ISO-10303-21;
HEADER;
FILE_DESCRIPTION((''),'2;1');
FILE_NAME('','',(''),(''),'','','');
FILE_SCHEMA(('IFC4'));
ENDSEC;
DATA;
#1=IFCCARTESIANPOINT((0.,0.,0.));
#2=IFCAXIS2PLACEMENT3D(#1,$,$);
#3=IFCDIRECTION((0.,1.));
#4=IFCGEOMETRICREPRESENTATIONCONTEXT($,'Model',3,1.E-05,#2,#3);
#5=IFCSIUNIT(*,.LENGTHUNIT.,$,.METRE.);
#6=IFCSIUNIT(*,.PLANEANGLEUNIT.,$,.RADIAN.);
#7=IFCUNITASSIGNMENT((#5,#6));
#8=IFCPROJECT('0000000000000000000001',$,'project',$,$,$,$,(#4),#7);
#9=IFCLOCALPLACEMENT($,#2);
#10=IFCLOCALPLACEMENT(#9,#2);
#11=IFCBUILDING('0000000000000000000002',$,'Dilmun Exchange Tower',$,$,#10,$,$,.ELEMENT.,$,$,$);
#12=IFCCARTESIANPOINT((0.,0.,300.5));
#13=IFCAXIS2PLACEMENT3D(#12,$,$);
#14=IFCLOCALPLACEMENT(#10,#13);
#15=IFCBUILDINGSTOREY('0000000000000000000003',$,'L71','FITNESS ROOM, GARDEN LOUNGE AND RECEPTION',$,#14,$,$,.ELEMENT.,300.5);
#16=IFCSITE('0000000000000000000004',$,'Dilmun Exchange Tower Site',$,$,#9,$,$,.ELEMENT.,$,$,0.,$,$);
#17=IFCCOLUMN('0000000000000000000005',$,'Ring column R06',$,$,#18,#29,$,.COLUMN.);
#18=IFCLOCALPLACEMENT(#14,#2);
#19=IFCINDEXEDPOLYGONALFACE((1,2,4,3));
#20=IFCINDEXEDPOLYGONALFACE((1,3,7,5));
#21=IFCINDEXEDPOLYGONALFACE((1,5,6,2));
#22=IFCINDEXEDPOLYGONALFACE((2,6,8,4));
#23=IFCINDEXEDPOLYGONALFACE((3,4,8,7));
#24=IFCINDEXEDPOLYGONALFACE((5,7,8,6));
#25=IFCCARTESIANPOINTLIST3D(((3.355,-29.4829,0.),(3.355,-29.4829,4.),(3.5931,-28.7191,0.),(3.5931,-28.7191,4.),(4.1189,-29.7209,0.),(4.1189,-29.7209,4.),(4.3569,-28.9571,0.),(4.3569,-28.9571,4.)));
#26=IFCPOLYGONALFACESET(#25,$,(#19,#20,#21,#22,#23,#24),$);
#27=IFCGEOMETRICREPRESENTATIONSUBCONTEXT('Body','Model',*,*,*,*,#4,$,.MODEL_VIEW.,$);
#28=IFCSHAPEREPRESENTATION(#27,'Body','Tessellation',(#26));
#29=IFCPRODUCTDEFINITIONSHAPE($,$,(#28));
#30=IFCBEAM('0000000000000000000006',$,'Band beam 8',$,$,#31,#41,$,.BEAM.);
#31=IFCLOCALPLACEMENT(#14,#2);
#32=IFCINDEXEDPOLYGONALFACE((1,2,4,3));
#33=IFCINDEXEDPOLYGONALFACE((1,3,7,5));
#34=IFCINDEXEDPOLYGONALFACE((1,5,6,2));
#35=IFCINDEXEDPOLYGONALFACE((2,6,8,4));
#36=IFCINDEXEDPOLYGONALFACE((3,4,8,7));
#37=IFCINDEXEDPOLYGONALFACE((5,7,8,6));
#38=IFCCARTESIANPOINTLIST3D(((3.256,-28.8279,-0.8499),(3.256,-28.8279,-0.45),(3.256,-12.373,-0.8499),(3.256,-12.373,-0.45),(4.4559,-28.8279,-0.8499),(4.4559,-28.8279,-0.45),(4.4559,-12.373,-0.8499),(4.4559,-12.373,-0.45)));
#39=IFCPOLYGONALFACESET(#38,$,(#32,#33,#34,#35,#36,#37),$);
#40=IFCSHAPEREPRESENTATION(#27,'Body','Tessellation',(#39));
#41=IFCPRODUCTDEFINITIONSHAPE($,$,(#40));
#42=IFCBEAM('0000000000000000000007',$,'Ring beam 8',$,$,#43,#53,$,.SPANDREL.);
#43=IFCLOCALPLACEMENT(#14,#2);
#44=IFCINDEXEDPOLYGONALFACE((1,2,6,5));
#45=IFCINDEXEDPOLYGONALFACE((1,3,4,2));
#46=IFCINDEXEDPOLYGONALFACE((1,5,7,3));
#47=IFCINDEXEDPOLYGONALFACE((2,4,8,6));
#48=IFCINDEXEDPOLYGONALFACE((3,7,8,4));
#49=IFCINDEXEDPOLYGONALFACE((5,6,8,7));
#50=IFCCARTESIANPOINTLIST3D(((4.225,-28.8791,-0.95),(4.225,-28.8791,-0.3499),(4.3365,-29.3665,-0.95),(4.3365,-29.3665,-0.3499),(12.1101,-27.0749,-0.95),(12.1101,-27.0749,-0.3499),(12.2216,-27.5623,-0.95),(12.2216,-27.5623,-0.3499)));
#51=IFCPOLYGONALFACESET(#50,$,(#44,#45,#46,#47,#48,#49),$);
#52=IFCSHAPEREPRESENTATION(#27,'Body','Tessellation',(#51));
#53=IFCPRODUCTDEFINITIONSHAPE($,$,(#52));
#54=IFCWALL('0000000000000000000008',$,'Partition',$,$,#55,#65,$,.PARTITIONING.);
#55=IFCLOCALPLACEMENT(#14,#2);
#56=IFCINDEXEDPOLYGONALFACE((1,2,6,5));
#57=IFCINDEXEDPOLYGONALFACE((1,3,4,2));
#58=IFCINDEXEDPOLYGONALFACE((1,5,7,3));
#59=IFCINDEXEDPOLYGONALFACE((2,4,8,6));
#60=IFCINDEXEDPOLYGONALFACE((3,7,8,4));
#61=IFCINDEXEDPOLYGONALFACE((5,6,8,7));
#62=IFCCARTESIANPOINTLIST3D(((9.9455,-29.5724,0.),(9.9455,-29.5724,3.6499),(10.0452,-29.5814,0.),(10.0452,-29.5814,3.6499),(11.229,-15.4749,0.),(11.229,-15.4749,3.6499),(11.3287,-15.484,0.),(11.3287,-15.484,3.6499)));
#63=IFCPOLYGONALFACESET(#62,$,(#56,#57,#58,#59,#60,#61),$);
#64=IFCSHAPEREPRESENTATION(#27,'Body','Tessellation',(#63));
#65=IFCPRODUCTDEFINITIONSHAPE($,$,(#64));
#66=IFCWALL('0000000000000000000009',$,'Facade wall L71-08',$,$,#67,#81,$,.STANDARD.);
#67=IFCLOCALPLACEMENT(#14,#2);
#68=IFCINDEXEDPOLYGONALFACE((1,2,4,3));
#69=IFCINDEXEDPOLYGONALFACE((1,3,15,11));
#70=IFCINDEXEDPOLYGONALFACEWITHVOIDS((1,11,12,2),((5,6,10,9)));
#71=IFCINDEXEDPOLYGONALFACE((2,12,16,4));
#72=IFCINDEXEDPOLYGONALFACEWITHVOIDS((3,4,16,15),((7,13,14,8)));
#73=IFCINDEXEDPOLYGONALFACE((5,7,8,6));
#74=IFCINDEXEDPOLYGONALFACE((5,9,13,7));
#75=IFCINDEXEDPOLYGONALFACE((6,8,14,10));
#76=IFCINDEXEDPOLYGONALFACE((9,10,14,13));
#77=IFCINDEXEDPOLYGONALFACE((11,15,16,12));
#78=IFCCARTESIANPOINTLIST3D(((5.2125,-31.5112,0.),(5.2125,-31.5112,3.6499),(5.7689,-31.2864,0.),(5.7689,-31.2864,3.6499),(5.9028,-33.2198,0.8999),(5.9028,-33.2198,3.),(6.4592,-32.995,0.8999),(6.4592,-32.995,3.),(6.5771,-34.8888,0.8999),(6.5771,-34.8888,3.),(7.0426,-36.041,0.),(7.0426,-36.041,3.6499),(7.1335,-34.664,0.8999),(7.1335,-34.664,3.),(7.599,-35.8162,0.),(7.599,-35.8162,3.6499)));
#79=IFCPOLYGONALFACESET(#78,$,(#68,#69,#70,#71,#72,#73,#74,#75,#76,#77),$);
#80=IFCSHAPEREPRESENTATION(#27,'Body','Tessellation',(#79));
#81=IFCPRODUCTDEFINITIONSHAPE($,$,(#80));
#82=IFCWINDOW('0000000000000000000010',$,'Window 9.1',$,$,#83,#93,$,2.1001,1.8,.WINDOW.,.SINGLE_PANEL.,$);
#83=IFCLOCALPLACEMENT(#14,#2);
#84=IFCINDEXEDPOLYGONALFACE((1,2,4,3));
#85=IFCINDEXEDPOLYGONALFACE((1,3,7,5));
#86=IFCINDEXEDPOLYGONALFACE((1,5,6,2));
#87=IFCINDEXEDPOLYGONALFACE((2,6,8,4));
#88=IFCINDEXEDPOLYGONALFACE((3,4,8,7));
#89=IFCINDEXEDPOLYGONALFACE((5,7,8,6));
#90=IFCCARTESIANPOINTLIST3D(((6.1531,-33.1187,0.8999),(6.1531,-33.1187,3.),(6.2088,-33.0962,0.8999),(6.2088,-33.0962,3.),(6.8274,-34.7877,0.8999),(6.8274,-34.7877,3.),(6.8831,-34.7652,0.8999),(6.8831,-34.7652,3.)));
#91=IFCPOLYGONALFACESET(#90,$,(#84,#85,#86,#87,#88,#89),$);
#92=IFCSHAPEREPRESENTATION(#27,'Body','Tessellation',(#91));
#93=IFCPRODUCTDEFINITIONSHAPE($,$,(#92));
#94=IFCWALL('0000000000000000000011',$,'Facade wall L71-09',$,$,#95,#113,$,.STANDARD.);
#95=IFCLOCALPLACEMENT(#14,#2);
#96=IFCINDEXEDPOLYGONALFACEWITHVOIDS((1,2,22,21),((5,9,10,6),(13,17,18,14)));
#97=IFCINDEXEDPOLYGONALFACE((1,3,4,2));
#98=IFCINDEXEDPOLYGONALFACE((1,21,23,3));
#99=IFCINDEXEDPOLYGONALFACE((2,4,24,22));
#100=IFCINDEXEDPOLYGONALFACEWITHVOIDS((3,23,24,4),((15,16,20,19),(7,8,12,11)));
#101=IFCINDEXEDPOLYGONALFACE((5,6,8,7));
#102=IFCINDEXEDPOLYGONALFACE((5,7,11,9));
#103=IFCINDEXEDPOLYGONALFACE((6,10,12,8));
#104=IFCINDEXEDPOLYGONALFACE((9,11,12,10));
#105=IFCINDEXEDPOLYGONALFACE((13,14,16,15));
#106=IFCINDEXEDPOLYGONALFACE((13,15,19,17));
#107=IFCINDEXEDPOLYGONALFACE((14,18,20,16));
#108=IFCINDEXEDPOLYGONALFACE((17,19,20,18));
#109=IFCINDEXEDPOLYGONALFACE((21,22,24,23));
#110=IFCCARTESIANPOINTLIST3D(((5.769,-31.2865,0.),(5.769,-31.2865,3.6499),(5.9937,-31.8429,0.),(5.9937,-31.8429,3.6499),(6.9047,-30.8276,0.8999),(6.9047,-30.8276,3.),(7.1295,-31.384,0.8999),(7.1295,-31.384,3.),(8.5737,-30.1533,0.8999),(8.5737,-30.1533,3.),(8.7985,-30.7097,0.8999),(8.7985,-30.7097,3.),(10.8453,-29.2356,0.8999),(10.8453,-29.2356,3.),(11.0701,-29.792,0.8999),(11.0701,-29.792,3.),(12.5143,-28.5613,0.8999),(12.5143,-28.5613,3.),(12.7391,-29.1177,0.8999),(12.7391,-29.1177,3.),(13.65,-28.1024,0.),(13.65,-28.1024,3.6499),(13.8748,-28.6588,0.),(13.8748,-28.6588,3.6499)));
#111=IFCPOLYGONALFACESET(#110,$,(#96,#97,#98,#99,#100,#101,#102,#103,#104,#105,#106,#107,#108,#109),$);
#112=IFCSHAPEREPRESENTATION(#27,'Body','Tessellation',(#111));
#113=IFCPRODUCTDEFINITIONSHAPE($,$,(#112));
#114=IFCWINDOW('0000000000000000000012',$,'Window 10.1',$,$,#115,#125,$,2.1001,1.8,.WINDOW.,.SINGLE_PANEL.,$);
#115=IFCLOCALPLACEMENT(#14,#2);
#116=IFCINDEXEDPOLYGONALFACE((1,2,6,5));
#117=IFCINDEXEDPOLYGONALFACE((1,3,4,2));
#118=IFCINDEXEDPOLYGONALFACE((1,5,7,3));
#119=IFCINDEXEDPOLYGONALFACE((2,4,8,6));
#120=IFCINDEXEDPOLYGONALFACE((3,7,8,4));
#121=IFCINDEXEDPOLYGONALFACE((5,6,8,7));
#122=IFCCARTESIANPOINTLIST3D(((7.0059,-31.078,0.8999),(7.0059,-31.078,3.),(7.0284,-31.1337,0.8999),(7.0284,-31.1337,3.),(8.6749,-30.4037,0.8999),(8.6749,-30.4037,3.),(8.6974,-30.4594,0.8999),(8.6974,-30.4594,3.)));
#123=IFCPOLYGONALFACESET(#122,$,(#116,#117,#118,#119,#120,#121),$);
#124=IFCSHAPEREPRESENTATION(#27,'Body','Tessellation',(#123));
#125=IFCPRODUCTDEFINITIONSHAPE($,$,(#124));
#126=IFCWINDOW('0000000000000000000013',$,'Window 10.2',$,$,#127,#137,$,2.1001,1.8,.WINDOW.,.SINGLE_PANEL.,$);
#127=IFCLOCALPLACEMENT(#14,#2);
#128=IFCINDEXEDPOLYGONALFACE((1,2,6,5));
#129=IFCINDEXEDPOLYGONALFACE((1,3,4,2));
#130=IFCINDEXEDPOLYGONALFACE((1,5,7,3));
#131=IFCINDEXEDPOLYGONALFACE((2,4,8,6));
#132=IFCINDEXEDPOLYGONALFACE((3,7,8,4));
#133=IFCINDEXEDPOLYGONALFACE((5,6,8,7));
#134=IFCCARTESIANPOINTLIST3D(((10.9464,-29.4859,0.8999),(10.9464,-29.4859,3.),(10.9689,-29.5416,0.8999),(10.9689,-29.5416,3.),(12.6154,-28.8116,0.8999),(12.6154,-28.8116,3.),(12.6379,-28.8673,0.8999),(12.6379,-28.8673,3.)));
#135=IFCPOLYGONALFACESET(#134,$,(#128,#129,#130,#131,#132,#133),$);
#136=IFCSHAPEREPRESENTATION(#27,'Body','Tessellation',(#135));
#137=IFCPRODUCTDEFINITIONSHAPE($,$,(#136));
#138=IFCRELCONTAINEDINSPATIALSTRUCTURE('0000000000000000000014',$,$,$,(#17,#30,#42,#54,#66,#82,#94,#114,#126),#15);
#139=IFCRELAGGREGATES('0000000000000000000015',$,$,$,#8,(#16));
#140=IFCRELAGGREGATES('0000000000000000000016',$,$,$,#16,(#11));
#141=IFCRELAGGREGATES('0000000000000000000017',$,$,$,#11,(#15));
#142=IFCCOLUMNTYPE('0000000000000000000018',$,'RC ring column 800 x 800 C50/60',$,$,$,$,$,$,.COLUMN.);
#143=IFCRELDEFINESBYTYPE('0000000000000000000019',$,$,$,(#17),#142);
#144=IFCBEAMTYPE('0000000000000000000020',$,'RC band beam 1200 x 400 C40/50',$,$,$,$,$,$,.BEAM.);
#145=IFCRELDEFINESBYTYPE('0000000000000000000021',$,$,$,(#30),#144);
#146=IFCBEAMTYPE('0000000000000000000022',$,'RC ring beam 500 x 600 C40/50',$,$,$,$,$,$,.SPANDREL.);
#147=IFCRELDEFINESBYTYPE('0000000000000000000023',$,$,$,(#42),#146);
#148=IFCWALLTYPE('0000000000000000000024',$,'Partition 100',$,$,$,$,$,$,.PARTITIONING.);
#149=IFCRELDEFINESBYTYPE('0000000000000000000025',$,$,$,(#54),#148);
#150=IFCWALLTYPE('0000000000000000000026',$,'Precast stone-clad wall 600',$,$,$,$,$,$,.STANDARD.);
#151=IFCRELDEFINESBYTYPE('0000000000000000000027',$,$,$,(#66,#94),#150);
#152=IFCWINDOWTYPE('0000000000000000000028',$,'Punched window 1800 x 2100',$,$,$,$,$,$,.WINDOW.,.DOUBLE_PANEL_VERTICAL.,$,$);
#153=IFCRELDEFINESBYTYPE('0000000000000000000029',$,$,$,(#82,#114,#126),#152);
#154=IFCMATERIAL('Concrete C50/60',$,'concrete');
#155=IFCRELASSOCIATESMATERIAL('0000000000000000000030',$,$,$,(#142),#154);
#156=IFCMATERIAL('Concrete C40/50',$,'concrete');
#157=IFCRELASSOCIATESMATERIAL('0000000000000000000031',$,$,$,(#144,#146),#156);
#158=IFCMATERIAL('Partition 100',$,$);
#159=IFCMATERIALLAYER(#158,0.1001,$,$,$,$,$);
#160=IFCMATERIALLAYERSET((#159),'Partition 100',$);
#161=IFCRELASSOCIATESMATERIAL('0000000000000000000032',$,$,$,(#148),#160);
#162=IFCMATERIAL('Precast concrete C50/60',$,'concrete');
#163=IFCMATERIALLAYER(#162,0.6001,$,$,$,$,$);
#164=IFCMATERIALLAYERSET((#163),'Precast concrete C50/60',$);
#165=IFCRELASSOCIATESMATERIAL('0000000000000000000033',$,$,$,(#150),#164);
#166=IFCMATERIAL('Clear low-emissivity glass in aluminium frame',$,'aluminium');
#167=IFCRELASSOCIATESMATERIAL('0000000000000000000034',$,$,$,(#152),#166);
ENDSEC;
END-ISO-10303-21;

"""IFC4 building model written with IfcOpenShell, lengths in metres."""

from ifc_helpers import new_model, si_unit, direction, frame, frame_2d, origin, origin_2d, place, context, subcontext, project, spatial, rectangle, extrude, material, layer, layer_set, material_profile, profile_set, type_object, element, fill, save


model = new_model("IFC4")

# Units and contexts
model_context = context("Model", 3, precision=1e-05, world=origin(), true_north=direction((0.0, 1.0)))
body_context = subcontext(model_context, "Body", "Model", "MODEL_VIEW")
ifc_project = project(units=[si_unit("LENGTHUNIT", "METRE"), si_unit("PLANEANGLEUNIT", "RADIAN")], contexts=[model_context])

# Site, building, storey
site_placement = place(None, origin())
site = spatial("IfcSite", under=ifc_project, at=site_placement, Name="Dilmun Exchange Tower Site", CompositionType="ELEMENT", RefElevation=0.0)
building_placement = place(site_placement, origin())
building = spatial("IfcBuilding", under=site, at=building_placement, Name="Dilmun Exchange Tower", CompositionType="ELEMENT")
storey_placement = place(building_placement, frame((0.0, 0.0, 300.5)))
storey = spatial("IfcBuildingStorey", under=building, at=storey_placement, Name="L71", Description="FITNESS ROOM, GARDEN LOUNGE AND RECEPTION", CompositionType="ELEMENT", Elevation=300.5)

# Column
ifc_material_1 = material(Name="Concrete C50/60", Category="concrete")
ifc_material_profile_1 = material_profile(ifc_material_1, rectangle(XDim=0.8, YDim=0.8, at=origin_2d()), Name="800 x 800")
ifc_profile_set_1 = profile_set([ifc_material_profile_1], Name="Concrete C50/60")
column_type = type_object("IfcColumnType", Name="RC ring column 800 x 800 C50/60", PredefinedType="COLUMN", material=ifc_profile_set_1)
column_placement = place(storey_placement, frame((3.856, -29.22, 0.0), z_axis=(0.0, 0.0, 1.0), x_axis=(0.297503, 0.954721, 0.0)))
element("IfcColumn", 1, at=column_placement, inside=storey, type_object=column_type, Name="Ring column R06", PredefinedType="COLUMN", context=body_context, shape_type="SweptSolid", body=[
    extrude(rectangle(XDim=0.8, YDim=0.8, at=origin_2d()), origin(), (0.0, 0.0, 1.0), 4.0),
])

# Beams
ifc_material_2 = material(Name="Concrete C40/50", Category="concrete")
ifc_material_profile_2 = material_profile(ifc_material_2, rectangle(XDim=1.2, YDim=0.3999, at=origin_2d()), Name="1200 x 400")
ifc_profile_set_2 = profile_set([ifc_material_profile_2], Name="Concrete C40/50")
beam_type_1 = type_object("IfcBeamType", Name="RC band beam 1200 x 400 C40/50", PredefinedType="BEAM", material=ifc_profile_set_2)
beam_1_placement = place(storey_placement, frame((3.856, -28.8279, -0.6499), z_axis=(0.0, 1.0, 0.0), x_axis=(-1.0, 0.0, 0.0)))
element("IfcBeam", 2, at=beam_1_placement, inside=storey, type_object=beam_type_1, Name="Band beam 8", PredefinedType="BEAM", context=body_context, shape_type="SweptSolid", body=[
    extrude(rectangle(XDim=1.2, YDim=0.3999, at=origin_2d()), origin(), (0.0, 0.0, 1.0), 16.4548),
])
ifc_material_profile_3 = material_profile(ifc_material_2, rectangle(XDim=0.5, YDim=0.6001, at=origin_2d()), Name="500 x 600")
ifc_profile_set_3 = profile_set([ifc_material_profile_3], Name="Concrete C40/50")
beam_type_2 = type_object("IfcBeamType", Name="RC ring beam 500 x 600 C40/50", PredefinedType="SPANDREL", material=ifc_profile_set_3)
beam_2_placement = place(storey_placement, frame((4.2808, -29.1228, -0.6499), z_axis=(0.974807, 0.223049, 0.0), x_axis=(-0.223049, 0.974807, 0.0)))
element("IfcBeam", 3, at=beam_2_placement, inside=storey, type_object=beam_type_2, Name="Ring beam 8", PredefinedType="SPANDREL", context=body_context, shape_type="SweptSolid", body=[
    extrude(rectangle(XDim=0.5, YDim=0.6001, at=origin_2d()), origin(), (0.0, 0.0, 1.0), 8.0889),
])

# Wall
ifc_material_3 = material(Name="Partition 100")
ifc_layer_1 = layer(ifc_material_3, 0.1001)
ifc_layer_set_1 = layer_set([ifc_layer_1], Name="Partition 100")
wall_type_1 = type_object("IfcWallType", Name="Partition 100", PredefinedType="PARTITIONING", material=ifc_layer_set_1)
wall_1_placement = place(storey_placement, frame((9.9954, -29.5769, 0.0), z_axis=(0.0, 0.0, 1.0), x_axis=(0.090666, 0.995881, 0.0)))
element("IfcWall", 4, at=wall_1_placement, inside=storey, type_object=wall_type_1, Name="Partition", PredefinedType="PARTITIONING", context=body_context, shape_type="SweptSolid", body=[
    extrude(rectangle(XDim=14.1558, YDim=0.1001, at=frame_2d((7.0779, 0.0))), origin(), (0.0, 0.0, 1.0), 3.6499),
])

# Wall, opening, window
ifc_material_4 = material(Name="Precast concrete C50/60", Category="concrete")
ifc_layer_2 = layer(ifc_material_4, 0.6001)
ifc_layer_set_2 = layer_set([ifc_layer_2], Name="Precast concrete C50/60")
wall_type_2 = type_object("IfcWallType", Name="Precast stone-clad wall 600", PredefinedType="STANDARD", material=ifc_layer_set_2)
wall_2_placement = place(storey_placement, frame((7.3208, -35.9287, 0.0), z_axis=(0.0, 0.0, 1.0), x_axis=(-0.374594, 0.927189, 0.0)))
wall_2 = element("IfcWall", 5, at=wall_2_placement, inside=storey, type_object=wall_type_2, Name="Facade wall L71-08", PredefinedType="STANDARD", context=body_context, shape_type="SweptSolid", body=[
    extrude(rectangle(XDim=4.8855, YDim=0.6001, at=frame_2d((2.4429, 0.0))), origin(), (0.0, 0.0, 1.0), 3.6499),
])
opening_1_placement = place(wall_2_placement, frame((1.2429, 0.0, 0.8999)))
opening_1 = element("IfcOpeningElement", 6, at=opening_1_placement, cuts=wall_2, PredefinedType="OPENING", context=body_context, shape_type="SweptSolid", body=[
    extrude(rectangle(XDim=1.8, YDim=2.1001, at=frame_2d((0.8999, 1.05))), frame((0.0, 0.3101, 0.0), z_axis=(0.0, -1.0, 0.0), x_axis=(1.0, 0.0, 0.0)), (0.0, 0.0, 1.0), 0.6201),
])
ifc_material_5 = material(Name="Clear low-emissivity glass in aluminium frame", Category="aluminium")
window_type_1 = type_object("IfcWindowType", Name="Punched window 1800 x 2100", PartitioningType="DOUBLE_PANEL_VERTICAL", PredefinedType="WINDOW", material=ifc_material_5)
window_1_placement = place(opening_1_placement, origin())
window_1 = element("IfcWindow", 7, at=window_1_placement, inside=storey, type_object=window_type_1, Name="Window 9.1", OverallHeight=2.1001, OverallWidth=1.8, PartitioningType="SINGLE_PANEL", PredefinedType="WINDOW", context=body_context, shape_type="SweptSolid", body=[
    extrude(rectangle(XDim=1.8, YDim=2.1001, at=frame_2d((0.8999, 1.05))), frame((0.0, 0.03, 0.0), z_axis=(0.0, -1.0, 0.0), x_axis=(1.0, 0.0, 0.0)), (0.0, 0.0, 1.0), 0.0601),
])
fill(opening_1, window_1)

# Wall, openings, windows
wall_3_placement = place(storey_placement, frame((5.8813, -31.5647, 0.0), z_axis=(0.0, 0.0, 1.0), x_axis=(0.927188, 0.374597, 0.0)))
wall_3 = element("IfcWall", 8, at=wall_3_placement, inside=storey, type_object=wall_type_2, Name="Facade wall L71-09", PredefinedType="STANDARD", context=body_context, shape_type="SweptSolid", body=[
    extrude(rectangle(XDim=8.5, YDim=0.6001, at=frame_2d((4.25, 0.0))), origin(), (0.0, 0.0, 1.0), 3.6499),
])
opening_2_placement = place(wall_3_placement, frame((1.2251, 0.0, 0.8999)))
opening_2 = element("IfcOpeningElement", 9, at=opening_2_placement, cuts=wall_3, PredefinedType="OPENING", context=body_context, shape_type="SweptSolid", body=[
    extrude(rectangle(XDim=1.8, YDim=2.1001, at=frame_2d((0.8999, 1.05))), frame((0.0, 0.3101, 0.0), z_axis=(0.0, -1.0, 0.0), x_axis=(1.0, 0.0, 0.0)), (0.0, 0.0, 1.0), 0.6201),
])
opening_3_placement = place(wall_3_placement, frame((5.4751, 0.0, 0.8999)))
opening_3 = element("IfcOpeningElement", 10, at=opening_3_placement, cuts=wall_3, PredefinedType="OPENING", context=body_context, shape_type="SweptSolid", body=[
    extrude(rectangle(XDim=1.8, YDim=2.1001, at=frame_2d((0.8999, 1.05))), frame((0.0, 0.3101, 0.0), z_axis=(0.0, -1.0, 0.0), x_axis=(1.0, 0.0, 0.0)), (0.0, 0.0, 1.0), 0.6201),
])
window_2_placement = place(opening_2_placement, origin())
window_2 = element("IfcWindow", 11, at=window_2_placement, inside=storey, type_object=window_type_1, Name="Window 10.1", OverallHeight=2.1001, OverallWidth=1.8, PartitioningType="SINGLE_PANEL", PredefinedType="WINDOW", context=body_context, shape_type="SweptSolid", body=[
    extrude(rectangle(XDim=1.8, YDim=2.1001, at=frame_2d((0.8999, 1.05))), frame((0.0, 0.03, 0.0), z_axis=(0.0, -1.0, 0.0), x_axis=(1.0, 0.0, 0.0)), (0.0, 0.0, 1.0), 0.0601),
])
fill(opening_2, window_2)
window_3_placement = place(opening_3_placement, origin())
window_3 = element("IfcWindow", 12, at=window_3_placement, inside=storey, type_object=window_type_1, Name="Window 10.2", OverallHeight=2.1001, OverallWidth=1.8, PartitioningType="SINGLE_PANEL", PredefinedType="WINDOW", context=body_context, shape_type="SweptSolid", body=[
    extrude(rectangle(XDim=1.8, YDim=2.1001, at=frame_2d((0.8999, 1.05))), frame((0.0, 0.03, 0.0), z_axis=(0.0, -1.0, 0.0), x_axis=(1.0, 0.0, 0.0)), (0.0, 0.0, 1.0), 0.0601),
])
fill(opening_3, window_3)

save(model, "model.ifc")
